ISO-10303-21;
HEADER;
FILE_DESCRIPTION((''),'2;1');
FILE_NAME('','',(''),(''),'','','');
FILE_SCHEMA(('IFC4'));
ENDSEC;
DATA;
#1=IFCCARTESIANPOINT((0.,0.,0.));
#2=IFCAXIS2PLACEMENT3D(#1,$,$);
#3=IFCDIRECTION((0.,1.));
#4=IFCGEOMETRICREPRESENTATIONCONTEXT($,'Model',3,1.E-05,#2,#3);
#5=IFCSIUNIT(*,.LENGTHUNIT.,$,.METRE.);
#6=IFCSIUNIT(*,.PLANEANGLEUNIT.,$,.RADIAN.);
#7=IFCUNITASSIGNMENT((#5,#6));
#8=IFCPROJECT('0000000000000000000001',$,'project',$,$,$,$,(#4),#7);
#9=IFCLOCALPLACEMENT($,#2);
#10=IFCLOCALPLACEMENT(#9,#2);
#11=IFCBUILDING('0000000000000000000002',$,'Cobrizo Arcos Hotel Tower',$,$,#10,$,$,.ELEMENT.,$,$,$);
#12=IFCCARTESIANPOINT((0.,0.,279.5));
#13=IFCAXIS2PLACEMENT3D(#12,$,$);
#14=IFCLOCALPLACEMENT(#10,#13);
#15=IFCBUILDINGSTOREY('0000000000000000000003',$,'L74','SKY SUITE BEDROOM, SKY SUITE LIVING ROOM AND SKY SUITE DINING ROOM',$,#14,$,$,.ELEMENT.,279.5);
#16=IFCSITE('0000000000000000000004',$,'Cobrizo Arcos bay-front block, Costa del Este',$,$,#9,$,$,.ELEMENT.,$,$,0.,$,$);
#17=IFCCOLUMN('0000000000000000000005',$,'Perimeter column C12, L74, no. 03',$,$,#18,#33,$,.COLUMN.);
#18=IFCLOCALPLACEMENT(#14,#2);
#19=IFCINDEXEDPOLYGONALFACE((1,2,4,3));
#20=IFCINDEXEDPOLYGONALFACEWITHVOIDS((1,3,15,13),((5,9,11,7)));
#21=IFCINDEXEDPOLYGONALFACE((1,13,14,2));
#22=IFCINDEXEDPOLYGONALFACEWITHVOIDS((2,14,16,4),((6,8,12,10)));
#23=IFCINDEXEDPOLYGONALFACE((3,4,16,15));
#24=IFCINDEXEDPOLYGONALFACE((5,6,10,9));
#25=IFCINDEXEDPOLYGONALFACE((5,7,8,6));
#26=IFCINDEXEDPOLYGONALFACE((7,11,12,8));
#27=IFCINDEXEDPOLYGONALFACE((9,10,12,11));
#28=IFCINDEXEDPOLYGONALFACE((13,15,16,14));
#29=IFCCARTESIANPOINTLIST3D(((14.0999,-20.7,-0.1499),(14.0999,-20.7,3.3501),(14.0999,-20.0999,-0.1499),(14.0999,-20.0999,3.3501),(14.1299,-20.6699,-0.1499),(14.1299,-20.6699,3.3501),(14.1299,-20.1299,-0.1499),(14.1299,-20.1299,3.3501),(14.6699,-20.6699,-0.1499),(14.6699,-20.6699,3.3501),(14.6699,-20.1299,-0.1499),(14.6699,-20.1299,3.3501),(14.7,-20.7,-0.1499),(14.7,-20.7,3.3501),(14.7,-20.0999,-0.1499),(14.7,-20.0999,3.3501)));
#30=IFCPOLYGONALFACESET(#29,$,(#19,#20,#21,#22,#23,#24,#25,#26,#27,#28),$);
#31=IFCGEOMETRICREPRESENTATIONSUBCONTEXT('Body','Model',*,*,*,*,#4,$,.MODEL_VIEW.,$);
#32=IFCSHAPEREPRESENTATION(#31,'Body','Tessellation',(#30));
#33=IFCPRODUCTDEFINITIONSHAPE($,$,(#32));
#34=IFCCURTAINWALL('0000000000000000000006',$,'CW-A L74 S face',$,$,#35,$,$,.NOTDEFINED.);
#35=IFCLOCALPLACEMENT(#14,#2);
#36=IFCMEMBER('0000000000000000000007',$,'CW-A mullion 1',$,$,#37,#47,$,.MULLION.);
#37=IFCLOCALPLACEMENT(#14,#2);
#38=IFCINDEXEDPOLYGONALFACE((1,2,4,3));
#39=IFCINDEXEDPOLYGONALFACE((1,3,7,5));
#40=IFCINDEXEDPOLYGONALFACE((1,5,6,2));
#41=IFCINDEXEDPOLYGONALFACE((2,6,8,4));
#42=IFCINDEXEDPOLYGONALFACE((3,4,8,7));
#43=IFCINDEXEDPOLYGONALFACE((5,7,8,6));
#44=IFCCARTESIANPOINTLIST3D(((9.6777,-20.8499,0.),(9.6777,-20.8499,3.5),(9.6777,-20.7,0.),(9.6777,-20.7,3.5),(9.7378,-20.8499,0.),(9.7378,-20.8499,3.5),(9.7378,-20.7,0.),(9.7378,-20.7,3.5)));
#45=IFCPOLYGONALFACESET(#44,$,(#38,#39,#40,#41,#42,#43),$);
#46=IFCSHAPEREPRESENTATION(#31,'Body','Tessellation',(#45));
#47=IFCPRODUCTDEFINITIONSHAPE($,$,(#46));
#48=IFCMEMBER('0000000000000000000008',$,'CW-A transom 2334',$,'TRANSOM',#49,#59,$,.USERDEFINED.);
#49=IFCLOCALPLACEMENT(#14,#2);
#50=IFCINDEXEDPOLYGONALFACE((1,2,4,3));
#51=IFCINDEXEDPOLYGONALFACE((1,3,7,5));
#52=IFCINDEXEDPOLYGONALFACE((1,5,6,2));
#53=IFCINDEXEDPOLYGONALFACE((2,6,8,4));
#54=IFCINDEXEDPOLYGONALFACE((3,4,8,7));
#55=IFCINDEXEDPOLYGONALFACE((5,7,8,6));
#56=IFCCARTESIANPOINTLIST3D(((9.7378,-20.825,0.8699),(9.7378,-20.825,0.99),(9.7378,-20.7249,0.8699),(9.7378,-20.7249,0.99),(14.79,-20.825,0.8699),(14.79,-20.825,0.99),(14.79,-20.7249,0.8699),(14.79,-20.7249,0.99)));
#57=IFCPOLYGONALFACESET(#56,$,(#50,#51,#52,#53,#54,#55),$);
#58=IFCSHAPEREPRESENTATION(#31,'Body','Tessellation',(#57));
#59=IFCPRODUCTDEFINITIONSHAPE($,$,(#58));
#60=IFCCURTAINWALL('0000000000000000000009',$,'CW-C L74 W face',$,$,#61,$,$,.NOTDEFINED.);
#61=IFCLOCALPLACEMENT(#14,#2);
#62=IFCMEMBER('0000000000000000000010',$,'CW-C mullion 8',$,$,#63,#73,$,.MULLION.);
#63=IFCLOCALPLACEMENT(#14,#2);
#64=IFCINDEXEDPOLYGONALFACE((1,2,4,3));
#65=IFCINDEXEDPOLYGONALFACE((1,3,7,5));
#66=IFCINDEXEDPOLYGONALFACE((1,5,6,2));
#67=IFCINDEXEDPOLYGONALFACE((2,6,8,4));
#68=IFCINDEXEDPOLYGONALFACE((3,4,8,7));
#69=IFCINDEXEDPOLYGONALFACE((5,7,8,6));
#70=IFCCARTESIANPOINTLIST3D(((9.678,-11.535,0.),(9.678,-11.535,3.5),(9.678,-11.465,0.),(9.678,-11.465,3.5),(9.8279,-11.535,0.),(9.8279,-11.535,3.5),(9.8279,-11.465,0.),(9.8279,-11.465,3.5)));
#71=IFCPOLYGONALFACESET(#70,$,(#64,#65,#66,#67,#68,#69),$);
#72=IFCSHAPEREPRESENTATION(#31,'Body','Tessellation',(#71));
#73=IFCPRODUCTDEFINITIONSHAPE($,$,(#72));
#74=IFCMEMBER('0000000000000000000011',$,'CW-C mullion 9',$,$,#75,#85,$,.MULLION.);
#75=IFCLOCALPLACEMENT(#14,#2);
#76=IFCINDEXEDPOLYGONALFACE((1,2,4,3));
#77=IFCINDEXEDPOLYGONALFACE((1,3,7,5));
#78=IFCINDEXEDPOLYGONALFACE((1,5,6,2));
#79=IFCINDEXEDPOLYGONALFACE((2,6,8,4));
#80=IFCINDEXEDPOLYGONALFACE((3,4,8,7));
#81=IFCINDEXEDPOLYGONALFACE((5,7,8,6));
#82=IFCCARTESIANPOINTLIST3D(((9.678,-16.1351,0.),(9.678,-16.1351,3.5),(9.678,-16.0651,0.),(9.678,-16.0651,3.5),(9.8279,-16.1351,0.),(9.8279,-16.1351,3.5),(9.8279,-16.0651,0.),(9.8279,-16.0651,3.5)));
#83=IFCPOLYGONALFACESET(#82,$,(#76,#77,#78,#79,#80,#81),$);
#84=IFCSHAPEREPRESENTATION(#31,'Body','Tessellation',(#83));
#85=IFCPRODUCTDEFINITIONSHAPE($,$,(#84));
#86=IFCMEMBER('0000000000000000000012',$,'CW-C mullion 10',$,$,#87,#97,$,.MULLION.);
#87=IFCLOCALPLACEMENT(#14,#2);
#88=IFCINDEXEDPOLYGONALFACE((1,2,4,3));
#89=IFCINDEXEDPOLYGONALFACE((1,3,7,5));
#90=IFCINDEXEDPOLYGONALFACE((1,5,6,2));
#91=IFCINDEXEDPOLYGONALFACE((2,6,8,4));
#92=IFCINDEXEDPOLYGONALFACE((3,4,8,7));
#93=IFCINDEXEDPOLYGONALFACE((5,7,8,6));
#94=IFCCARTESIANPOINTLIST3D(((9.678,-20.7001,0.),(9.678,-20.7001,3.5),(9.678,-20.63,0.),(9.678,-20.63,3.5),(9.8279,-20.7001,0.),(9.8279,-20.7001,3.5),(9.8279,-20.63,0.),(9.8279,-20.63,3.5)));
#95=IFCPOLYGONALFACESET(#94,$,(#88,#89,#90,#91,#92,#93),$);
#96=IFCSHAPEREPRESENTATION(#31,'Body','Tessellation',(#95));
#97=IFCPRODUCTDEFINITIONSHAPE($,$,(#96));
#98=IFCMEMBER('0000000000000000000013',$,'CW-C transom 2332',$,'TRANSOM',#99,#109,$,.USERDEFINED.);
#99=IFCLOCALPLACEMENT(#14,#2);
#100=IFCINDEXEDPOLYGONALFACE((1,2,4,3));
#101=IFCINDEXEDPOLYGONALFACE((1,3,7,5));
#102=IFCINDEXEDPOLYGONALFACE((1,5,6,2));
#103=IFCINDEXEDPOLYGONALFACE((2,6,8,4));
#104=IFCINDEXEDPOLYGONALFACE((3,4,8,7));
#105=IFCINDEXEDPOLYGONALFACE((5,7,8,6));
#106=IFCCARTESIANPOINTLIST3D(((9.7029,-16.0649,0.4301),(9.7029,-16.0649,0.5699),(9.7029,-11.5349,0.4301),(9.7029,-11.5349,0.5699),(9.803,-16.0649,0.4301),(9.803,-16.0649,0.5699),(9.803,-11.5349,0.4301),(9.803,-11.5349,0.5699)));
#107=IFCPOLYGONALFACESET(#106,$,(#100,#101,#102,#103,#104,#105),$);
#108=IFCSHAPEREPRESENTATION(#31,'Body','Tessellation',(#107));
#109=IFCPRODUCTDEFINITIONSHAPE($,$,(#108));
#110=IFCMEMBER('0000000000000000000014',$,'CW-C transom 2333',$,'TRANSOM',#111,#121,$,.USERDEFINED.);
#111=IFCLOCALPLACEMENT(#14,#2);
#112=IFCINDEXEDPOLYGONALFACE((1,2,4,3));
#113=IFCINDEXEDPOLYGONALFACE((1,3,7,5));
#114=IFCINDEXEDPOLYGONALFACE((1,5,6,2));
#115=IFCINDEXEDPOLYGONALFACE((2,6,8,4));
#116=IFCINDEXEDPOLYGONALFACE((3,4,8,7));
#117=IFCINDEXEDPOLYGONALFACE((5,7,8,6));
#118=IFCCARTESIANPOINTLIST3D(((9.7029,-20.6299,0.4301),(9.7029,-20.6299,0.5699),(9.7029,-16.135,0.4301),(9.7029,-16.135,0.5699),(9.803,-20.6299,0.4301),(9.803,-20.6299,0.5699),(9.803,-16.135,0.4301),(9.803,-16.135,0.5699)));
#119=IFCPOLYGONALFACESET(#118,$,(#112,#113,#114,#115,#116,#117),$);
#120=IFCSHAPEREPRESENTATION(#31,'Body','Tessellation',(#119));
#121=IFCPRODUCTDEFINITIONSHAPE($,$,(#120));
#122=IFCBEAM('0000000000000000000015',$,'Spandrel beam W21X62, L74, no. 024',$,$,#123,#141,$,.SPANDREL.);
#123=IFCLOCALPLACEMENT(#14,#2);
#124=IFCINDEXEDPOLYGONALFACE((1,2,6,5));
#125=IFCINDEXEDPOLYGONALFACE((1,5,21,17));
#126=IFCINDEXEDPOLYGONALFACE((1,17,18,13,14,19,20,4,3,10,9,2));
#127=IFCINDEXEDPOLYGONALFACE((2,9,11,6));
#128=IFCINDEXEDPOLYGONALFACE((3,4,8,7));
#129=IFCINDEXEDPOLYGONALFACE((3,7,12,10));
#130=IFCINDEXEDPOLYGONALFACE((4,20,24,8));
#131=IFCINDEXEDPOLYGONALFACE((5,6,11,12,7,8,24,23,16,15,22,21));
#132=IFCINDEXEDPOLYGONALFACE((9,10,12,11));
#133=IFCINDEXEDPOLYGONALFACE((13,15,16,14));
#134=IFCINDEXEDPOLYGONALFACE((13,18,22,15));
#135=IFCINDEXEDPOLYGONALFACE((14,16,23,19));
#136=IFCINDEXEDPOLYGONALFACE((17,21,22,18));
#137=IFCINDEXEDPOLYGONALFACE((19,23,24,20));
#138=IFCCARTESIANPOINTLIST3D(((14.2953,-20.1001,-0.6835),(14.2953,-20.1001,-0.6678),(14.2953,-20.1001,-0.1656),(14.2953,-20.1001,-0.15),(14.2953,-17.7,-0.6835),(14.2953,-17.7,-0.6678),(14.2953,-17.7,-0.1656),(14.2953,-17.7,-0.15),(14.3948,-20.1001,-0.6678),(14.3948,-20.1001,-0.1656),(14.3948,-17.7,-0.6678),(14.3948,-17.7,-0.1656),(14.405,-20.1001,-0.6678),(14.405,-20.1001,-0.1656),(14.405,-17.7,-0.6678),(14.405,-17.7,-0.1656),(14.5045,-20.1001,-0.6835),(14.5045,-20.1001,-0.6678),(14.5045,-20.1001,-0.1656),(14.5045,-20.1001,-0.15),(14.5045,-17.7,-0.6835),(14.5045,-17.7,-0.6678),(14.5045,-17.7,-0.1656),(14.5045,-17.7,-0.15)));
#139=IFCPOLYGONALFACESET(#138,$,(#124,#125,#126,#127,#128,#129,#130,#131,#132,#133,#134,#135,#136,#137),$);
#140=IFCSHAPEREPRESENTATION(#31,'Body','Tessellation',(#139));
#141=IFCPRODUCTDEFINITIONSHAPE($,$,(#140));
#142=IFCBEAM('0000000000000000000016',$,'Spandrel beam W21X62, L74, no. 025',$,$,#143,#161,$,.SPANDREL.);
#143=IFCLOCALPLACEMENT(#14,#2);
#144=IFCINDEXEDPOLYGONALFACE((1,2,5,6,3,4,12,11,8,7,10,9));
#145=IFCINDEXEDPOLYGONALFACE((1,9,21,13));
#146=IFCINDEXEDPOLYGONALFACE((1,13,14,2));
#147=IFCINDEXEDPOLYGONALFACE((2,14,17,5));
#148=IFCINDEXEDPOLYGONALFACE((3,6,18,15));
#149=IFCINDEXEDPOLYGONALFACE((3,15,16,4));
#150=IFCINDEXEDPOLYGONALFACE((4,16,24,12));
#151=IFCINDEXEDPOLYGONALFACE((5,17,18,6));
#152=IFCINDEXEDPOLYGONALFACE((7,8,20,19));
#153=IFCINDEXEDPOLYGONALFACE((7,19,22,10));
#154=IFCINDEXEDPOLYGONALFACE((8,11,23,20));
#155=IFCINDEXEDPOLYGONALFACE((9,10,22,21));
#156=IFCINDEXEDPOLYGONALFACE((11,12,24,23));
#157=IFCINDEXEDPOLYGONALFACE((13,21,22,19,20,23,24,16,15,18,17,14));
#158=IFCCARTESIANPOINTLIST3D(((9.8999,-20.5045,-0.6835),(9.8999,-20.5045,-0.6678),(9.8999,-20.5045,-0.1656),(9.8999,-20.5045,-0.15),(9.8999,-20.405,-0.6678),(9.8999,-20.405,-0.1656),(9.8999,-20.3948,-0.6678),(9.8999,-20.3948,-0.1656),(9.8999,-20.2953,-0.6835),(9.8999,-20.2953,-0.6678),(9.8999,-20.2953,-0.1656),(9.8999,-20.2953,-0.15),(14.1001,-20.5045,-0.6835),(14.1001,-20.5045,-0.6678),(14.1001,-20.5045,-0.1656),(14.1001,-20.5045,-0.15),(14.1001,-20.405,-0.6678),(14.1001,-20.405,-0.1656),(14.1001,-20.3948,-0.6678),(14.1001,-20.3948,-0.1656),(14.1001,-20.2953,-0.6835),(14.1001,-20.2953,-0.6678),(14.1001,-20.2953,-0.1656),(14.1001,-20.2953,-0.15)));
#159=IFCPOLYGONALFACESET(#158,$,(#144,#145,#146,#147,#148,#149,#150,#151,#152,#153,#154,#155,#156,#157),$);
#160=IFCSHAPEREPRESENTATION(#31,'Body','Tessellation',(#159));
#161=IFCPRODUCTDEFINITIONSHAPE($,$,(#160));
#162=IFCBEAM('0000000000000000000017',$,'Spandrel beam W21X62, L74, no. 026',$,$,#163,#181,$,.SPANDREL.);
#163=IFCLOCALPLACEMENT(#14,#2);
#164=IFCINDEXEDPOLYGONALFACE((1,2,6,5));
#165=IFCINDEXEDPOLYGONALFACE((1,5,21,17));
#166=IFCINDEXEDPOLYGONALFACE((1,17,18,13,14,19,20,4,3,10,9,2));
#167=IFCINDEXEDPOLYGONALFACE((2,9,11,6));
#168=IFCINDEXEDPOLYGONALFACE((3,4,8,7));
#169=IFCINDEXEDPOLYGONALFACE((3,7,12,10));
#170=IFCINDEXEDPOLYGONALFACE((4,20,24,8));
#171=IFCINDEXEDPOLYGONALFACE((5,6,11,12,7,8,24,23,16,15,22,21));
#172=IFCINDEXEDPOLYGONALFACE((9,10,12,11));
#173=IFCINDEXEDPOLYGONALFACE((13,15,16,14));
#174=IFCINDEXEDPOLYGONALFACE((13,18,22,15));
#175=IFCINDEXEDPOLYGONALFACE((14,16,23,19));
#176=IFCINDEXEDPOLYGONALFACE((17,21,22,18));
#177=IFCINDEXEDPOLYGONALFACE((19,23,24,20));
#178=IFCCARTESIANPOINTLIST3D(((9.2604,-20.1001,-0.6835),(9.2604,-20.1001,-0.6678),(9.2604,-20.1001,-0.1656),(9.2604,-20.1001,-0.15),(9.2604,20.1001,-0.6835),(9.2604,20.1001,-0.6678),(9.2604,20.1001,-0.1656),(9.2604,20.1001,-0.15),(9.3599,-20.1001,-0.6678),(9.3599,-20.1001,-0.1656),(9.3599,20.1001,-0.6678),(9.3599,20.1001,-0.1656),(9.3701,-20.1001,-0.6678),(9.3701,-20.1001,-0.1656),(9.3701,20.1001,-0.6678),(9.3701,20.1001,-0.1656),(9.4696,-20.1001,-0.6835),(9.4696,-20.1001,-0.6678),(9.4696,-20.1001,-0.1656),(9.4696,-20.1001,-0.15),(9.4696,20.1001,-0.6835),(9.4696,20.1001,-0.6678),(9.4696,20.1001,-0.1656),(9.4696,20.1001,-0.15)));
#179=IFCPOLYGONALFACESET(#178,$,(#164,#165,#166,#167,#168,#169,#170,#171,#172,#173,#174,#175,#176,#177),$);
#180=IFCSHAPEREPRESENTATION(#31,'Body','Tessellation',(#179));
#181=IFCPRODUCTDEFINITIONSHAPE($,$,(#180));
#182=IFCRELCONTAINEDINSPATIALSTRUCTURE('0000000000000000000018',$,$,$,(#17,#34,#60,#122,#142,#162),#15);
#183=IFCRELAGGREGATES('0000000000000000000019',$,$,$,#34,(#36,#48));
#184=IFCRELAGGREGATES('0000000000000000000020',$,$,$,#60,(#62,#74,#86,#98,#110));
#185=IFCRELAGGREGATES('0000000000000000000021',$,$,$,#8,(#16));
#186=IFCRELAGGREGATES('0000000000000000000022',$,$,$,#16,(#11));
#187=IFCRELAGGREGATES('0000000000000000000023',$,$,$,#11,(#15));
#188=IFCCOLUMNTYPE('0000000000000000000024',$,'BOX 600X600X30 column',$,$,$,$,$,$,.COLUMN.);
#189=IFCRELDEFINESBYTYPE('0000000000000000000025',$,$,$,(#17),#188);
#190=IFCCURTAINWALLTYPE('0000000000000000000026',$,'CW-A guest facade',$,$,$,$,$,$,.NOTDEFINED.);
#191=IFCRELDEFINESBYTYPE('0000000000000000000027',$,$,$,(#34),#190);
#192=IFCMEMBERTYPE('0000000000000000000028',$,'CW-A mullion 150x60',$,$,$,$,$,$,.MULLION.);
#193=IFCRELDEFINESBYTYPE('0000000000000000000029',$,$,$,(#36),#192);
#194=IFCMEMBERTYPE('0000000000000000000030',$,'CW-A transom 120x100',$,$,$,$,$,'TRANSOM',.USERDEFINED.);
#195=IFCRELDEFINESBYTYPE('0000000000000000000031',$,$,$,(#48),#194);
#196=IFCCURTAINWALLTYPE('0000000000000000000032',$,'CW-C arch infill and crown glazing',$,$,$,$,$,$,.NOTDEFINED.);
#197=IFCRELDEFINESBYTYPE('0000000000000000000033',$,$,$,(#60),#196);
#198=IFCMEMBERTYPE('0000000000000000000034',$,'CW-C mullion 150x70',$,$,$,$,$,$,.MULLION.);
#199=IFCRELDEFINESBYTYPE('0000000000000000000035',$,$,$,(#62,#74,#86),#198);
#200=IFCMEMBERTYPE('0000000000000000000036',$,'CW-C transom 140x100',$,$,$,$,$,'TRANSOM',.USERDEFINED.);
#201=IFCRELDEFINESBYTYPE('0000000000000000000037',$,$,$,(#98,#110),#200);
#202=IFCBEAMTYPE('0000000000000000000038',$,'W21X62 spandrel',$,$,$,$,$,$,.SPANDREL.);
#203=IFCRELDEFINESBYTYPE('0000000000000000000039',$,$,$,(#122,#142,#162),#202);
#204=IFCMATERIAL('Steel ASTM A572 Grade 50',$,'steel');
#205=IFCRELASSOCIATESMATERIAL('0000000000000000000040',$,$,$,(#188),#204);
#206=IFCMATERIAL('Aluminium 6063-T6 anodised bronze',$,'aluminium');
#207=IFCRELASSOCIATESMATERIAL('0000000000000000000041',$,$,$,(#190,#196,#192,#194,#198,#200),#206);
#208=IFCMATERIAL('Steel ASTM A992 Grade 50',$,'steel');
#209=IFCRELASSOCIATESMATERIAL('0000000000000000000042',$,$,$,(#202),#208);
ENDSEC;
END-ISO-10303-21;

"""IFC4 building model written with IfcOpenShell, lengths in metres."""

from ifc_helpers import new_model, si_unit, direction, frame, origin, origin_2d, place, context, subcontext, project, spatial, rectangle, hollow_rectangle, i_section, extrude, material, material_profile, profile_set, type_object, element, aggregate, save


model = new_model("IFC4")

# Units and contexts
model_context = context("Model", 3, precision=1e-05, world=origin(), true_north=direction((0.0, 1.0)))
body_context = subcontext(model_context, "Body", "Model", "MODEL_VIEW")
ifc_project = project(units=[si_unit("LENGTHUNIT", "METRE"), si_unit("PLANEANGLEUNIT", "RADIAN")], contexts=[model_context])

# Site, building, storey
site_placement = place(None, origin())
site = spatial("IfcSite", under=ifc_project, at=site_placement, Name="Cobrizo Arcos bay-front block, Costa del Este", CompositionType="ELEMENT", RefElevation=0.0)
building_placement = place(site_placement, origin())
building = spatial("IfcBuilding", under=site, at=building_placement, Name="Cobrizo Arcos Hotel Tower", CompositionType="ELEMENT")
storey_placement = place(building_placement, frame((0.0, 0.0, 279.5)))
storey = spatial("IfcBuildingStorey", under=building, at=storey_placement, Name="L74", Description="SKY SUITE BEDROOM, SKY SUITE LIVING ROOM AND SKY SUITE DINING ROOM", CompositionType="ELEMENT", Elevation=279.5)

# Column
ifc_material_1 = material(Name="Steel ASTM A572 Grade 50", Category="steel")
ifc_material_profile_1 = material_profile(ifc_material_1, hollow_rectangle(XDim=0.6001, YDim=0.6001, WallThickness=0.03, at=origin_2d()), Name="BOX 600X600X30")
ifc_profile_set_1 = profile_set([ifc_material_profile_1], Name="Steel ASTM A572 Grade 50")
column_type = type_object("IfcColumnType", Name="BOX 600X600X30 column", PredefinedType="COLUMN", material=ifc_profile_set_1)
column_placement = place(storey_placement, frame((14.3999, -20.3999, -0.1499), z_axis=(0.0, 0.0, 1.0), x_axis=(1.0, 0.0, 0.0)))
element("IfcColumn", 1, at=column_placement, inside=storey, type_object=column_type, Name="Perimeter column C12, L74, no. 03", PredefinedType="COLUMN", context=body_context, shape_type="SweptSolid", body=[
    extrude(hollow_rectangle(XDim=0.6001, YDim=0.6001, WallThickness=0.03, at=origin_2d()), origin(), (0.0, 0.0, 1.0), 3.5),
])

# Curtain walls, members
ifc_material_2 = material(Name="Aluminium 6063-T6 anodised bronze", Category="aluminium")
curtain_wall_type_1 = type_object("IfcCurtainWallType", Name="CW-A guest facade", PredefinedType="NOTDEFINED", material=ifc_material_2)
curtain_wall_1_placement = place(storey_placement, origin())
curtain_wall_1 = element("IfcCurtainWall", 2, at=curtain_wall_1_placement, inside=storey, type_object=curtain_wall_type_1, Name="CW-A L74 S face", PredefinedType="NOTDEFINED")
ifc_material_profile_2 = material_profile(ifc_material_2, rectangle(XDim=0.1499, YDim=0.0601, at=origin_2d()), Name="CW-A mullion 150x60")
ifc_profile_set_2 = profile_set([ifc_material_profile_2], Name="Aluminium 6063-T6 anodised bronze")
member_type_1 = type_object("IfcMemberType", Name="CW-A mullion 150x60", PredefinedType="MULLION", material=ifc_profile_set_2)
member_1_placement = place(storey_placement, frame((9.7078, -20.7749, 0.0), z_axis=(0.0, 0.0, 1.0), x_axis=(0.0, -1.0, 0.0)))
member_1 = element("IfcMember", 3, at=member_1_placement, type_object=member_type_1, Name="CW-A mullion 1", PredefinedType="MULLION", context=body_context, shape_type="SweptSolid", body=[
    extrude(rectangle(XDim=0.1499, YDim=0.0601, at=origin_2d()), origin(), (0.0, 0.0, 1.0), 3.5),
])
ifc_material_profile_3 = material_profile(ifc_material_2, rectangle(XDim=0.1001, YDim=0.1201, at=origin_2d()), Name="CW-A transom 120x100")
ifc_profile_set_3 = profile_set([ifc_material_profile_3], Name="Aluminium 6063-T6 anodised bronze")
member_type_2 = type_object("IfcMemberType", Name="CW-A transom 120x100", ElementType="TRANSOM", PredefinedType="USERDEFINED", material=ifc_profile_set_3)
member_2_placement = place(storey_placement, frame((9.7378, -20.7749, 0.9299), z_axis=(1.0, 0.0, 0.0), x_axis=(0.0, 1.0, 0.0)))
member_2 = element("IfcMember", 4, at=member_2_placement, type_object=member_type_2, Name="CW-A transom 2334", ObjectType="TRANSOM", PredefinedType="USERDEFINED", context=body_context, shape_type="SweptSolid", body=[
    extrude(rectangle(XDim=0.1001, YDim=0.1201, at=origin_2d()), origin(), (0.0, 0.0, 1.0), 5.0522),
])
curtain_wall_type_2 = type_object("IfcCurtainWallType", Name="CW-C arch infill and crown glazing", PredefinedType="NOTDEFINED", material=ifc_material_2)
curtain_wall_2_placement = place(storey_placement, origin())
curtain_wall_2 = element("IfcCurtainWall", 5, at=curtain_wall_2_placement, inside=storey, type_object=curtain_wall_type_2, Name="CW-C L74 W face", PredefinedType="NOTDEFINED")
ifc_material_profile_4 = material_profile(ifc_material_2, rectangle(XDim=0.1499, YDim=0.0701, at=origin_2d()), Name="CW-C mullion 150x70")
ifc_profile_set_4 = profile_set([ifc_material_profile_4], Name="Aluminium 6063-T6 anodised bronze")
member_type_3 = type_object("IfcMemberType", Name="CW-C mullion 150x70", PredefinedType="MULLION", material=ifc_profile_set_4)
member_3_placement = place(storey_placement, frame((9.7529, -11.5, 0.0), z_axis=(0.0, 0.0, 1.0), x_axis=(-1.0, 0.0, 0.0)))
member_3 = element("IfcMember", 6, at=member_3_placement, type_object=member_type_3, Name="CW-C mullion 8", PredefinedType="MULLION", context=body_context, shape_type="SweptSolid", body=[
    extrude(rectangle(XDim=0.1499, YDim=0.0701, at=origin_2d()), origin(), (0.0, 0.0, 1.0), 3.5),
])
member_4_placement = place(storey_placement, frame((9.7529, -16.1001, 0.0), z_axis=(0.0, 0.0, 1.0), x_axis=(-1.0, 0.0, 0.0)))
member_4 = element("IfcMember", 7, at=member_4_placement, type_object=member_type_3, Name="CW-C mullion 9", PredefinedType="MULLION", context=body_context, shape_type="SweptSolid", body=[
    extrude(rectangle(XDim=0.1499, YDim=0.0701, at=origin_2d()), origin(), (0.0, 0.0, 1.0), 3.5),
])
member_5_placement = place(storey_placement, frame((9.7529, -20.665, 0.0), z_axis=(0.0, 0.0, 1.0), x_axis=(-1.0, 0.0, 0.0)))
member_5 = element("IfcMember", 8, at=member_5_placement, type_object=member_type_3, Name="CW-C mullion 10", PredefinedType="MULLION", context=body_context, shape_type="SweptSolid", body=[
    extrude(rectangle(XDim=0.1499, YDim=0.0701, at=origin_2d()), origin(), (0.0, 0.0, 1.0), 3.5),
])
ifc_material_profile_5 = material_profile(ifc_material_2, rectangle(XDim=0.1001, YDim=0.1399, at=origin_2d()), Name="CW-C transom 140x100")
ifc_profile_set_5 = profile_set([ifc_material_profile_5], Name="Aluminium 6063-T6 anodised bronze")
member_type_4 = type_object("IfcMemberType", Name="CW-C transom 140x100", ElementType="TRANSOM", PredefinedType="USERDEFINED", material=ifc_profile_set_5)
member_6_placement = place(storey_placement, frame((9.7529, -11.5349, 0.5), z_axis=(0.0, -1.0, 0.0), x_axis=(1.0, 0.0, 0.0)))
member_6 = element("IfcMember", 9, at=member_6_placement, type_object=member_type_4, Name="CW-C transom 2332", ObjectType="TRANSOM", PredefinedType="USERDEFINED", context=body_context, shape_type="SweptSolid", body=[
    extrude(rectangle(XDim=0.1001, YDim=0.1399, at=origin_2d()), origin(), (0.0, 0.0, 1.0), 4.53),
])
member_7_placement = place(storey_placement, frame((9.7529, -16.135, 0.5), z_axis=(0.0, -1.0, 0.0), x_axis=(1.0, 0.0, 0.0)))
member_7 = element("IfcMember", 10, at=member_7_placement, type_object=member_type_4, Name="CW-C transom 2333", ObjectType="TRANSOM", PredefinedType="USERDEFINED", context=body_context, shape_type="SweptSolid", body=[
    extrude(rectangle(XDim=0.1001, YDim=0.1399, at=origin_2d()), origin(), (0.0, 0.0, 1.0), 4.4949),
])

# Beams
ifc_material_3 = material(Name="Steel ASTM A992 Grade 50", Category="steel")
ifc_material_profile_6 = material_profile(ifc_material_3, i_section(OverallWidth=0.2092, OverallDepth=0.5334, WebThickness=0.0103, FlangeThickness=0.0156, at=origin_2d()), Name="W21X62")
ifc_profile_set_6 = profile_set([ifc_material_profile_6], Name="Steel ASTM A992 Grade 50")
beam_type_1 = type_object("IfcBeamType", Name="W21X62 spandrel", PredefinedType="SPANDREL", material=ifc_profile_set_6)
beam_1_placement = place(storey_placement, frame((14.3999, -17.7, -0.4167), z_axis=(0.0, -1.0, 0.0), x_axis=(1.0, 0.0, 0.0)))
element("IfcBeam", 11, at=beam_1_placement, inside=storey, type_object=beam_type_1, Name="Spandrel beam W21X62, L74, no. 024", PredefinedType="SPANDREL", context=body_context, shape_type="SweptSolid", body=[
    extrude(i_section(OverallWidth=0.2092, OverallDepth=0.5334, WebThickness=0.0103, FlangeThickness=0.0156, at=origin_2d()), origin(), (0.0, 0.0, 1.0), 2.4001),
])
beam_2_placement = place(storey_placement, frame((14.1001, -20.3999, -0.4167), z_axis=(-1.0, 0.0, 0.0), x_axis=(0.0, -1.0, 0.0)))
element("IfcBeam", 12, at=beam_2_placement, inside=storey, type_object=beam_type_1, Name="Spandrel beam W21X62, L74, no. 025", PredefinedType="SPANDREL", context=body_context, shape_type="SweptSolid", body=[
    extrude(i_section(OverallWidth=0.2092, OverallDepth=0.5334, WebThickness=0.0103, FlangeThickness=0.0156, at=origin_2d()), origin(), (0.0, 0.0, 1.0), 4.2002),
])
beam_3_placement = place(storey_placement, frame((9.365, -20.1001, -0.4167), z_axis=(0.0, 1.0, 0.0), x_axis=(-1.0, 0.0, 0.0)))
element("IfcBeam", 13, at=beam_3_placement, inside=storey, type_object=beam_type_1, Name="Spandrel beam W21X62, L74, no. 026", PredefinedType="SPANDREL", context=body_context, shape_type="SweptSolid", body=[
    extrude(i_section(OverallWidth=0.2092, OverallDepth=0.5334, WebThickness=0.0103, FlangeThickness=0.0156, at=origin_2d()), origin(), (0.0, 0.0, 1.0), 40.2002),
])

aggregate(curtain_wall_1, [member_1, member_2])
aggregate(curtain_wall_2, [member_3, member_4, member_5, member_6, member_7])

save(model, "model.ifc")
